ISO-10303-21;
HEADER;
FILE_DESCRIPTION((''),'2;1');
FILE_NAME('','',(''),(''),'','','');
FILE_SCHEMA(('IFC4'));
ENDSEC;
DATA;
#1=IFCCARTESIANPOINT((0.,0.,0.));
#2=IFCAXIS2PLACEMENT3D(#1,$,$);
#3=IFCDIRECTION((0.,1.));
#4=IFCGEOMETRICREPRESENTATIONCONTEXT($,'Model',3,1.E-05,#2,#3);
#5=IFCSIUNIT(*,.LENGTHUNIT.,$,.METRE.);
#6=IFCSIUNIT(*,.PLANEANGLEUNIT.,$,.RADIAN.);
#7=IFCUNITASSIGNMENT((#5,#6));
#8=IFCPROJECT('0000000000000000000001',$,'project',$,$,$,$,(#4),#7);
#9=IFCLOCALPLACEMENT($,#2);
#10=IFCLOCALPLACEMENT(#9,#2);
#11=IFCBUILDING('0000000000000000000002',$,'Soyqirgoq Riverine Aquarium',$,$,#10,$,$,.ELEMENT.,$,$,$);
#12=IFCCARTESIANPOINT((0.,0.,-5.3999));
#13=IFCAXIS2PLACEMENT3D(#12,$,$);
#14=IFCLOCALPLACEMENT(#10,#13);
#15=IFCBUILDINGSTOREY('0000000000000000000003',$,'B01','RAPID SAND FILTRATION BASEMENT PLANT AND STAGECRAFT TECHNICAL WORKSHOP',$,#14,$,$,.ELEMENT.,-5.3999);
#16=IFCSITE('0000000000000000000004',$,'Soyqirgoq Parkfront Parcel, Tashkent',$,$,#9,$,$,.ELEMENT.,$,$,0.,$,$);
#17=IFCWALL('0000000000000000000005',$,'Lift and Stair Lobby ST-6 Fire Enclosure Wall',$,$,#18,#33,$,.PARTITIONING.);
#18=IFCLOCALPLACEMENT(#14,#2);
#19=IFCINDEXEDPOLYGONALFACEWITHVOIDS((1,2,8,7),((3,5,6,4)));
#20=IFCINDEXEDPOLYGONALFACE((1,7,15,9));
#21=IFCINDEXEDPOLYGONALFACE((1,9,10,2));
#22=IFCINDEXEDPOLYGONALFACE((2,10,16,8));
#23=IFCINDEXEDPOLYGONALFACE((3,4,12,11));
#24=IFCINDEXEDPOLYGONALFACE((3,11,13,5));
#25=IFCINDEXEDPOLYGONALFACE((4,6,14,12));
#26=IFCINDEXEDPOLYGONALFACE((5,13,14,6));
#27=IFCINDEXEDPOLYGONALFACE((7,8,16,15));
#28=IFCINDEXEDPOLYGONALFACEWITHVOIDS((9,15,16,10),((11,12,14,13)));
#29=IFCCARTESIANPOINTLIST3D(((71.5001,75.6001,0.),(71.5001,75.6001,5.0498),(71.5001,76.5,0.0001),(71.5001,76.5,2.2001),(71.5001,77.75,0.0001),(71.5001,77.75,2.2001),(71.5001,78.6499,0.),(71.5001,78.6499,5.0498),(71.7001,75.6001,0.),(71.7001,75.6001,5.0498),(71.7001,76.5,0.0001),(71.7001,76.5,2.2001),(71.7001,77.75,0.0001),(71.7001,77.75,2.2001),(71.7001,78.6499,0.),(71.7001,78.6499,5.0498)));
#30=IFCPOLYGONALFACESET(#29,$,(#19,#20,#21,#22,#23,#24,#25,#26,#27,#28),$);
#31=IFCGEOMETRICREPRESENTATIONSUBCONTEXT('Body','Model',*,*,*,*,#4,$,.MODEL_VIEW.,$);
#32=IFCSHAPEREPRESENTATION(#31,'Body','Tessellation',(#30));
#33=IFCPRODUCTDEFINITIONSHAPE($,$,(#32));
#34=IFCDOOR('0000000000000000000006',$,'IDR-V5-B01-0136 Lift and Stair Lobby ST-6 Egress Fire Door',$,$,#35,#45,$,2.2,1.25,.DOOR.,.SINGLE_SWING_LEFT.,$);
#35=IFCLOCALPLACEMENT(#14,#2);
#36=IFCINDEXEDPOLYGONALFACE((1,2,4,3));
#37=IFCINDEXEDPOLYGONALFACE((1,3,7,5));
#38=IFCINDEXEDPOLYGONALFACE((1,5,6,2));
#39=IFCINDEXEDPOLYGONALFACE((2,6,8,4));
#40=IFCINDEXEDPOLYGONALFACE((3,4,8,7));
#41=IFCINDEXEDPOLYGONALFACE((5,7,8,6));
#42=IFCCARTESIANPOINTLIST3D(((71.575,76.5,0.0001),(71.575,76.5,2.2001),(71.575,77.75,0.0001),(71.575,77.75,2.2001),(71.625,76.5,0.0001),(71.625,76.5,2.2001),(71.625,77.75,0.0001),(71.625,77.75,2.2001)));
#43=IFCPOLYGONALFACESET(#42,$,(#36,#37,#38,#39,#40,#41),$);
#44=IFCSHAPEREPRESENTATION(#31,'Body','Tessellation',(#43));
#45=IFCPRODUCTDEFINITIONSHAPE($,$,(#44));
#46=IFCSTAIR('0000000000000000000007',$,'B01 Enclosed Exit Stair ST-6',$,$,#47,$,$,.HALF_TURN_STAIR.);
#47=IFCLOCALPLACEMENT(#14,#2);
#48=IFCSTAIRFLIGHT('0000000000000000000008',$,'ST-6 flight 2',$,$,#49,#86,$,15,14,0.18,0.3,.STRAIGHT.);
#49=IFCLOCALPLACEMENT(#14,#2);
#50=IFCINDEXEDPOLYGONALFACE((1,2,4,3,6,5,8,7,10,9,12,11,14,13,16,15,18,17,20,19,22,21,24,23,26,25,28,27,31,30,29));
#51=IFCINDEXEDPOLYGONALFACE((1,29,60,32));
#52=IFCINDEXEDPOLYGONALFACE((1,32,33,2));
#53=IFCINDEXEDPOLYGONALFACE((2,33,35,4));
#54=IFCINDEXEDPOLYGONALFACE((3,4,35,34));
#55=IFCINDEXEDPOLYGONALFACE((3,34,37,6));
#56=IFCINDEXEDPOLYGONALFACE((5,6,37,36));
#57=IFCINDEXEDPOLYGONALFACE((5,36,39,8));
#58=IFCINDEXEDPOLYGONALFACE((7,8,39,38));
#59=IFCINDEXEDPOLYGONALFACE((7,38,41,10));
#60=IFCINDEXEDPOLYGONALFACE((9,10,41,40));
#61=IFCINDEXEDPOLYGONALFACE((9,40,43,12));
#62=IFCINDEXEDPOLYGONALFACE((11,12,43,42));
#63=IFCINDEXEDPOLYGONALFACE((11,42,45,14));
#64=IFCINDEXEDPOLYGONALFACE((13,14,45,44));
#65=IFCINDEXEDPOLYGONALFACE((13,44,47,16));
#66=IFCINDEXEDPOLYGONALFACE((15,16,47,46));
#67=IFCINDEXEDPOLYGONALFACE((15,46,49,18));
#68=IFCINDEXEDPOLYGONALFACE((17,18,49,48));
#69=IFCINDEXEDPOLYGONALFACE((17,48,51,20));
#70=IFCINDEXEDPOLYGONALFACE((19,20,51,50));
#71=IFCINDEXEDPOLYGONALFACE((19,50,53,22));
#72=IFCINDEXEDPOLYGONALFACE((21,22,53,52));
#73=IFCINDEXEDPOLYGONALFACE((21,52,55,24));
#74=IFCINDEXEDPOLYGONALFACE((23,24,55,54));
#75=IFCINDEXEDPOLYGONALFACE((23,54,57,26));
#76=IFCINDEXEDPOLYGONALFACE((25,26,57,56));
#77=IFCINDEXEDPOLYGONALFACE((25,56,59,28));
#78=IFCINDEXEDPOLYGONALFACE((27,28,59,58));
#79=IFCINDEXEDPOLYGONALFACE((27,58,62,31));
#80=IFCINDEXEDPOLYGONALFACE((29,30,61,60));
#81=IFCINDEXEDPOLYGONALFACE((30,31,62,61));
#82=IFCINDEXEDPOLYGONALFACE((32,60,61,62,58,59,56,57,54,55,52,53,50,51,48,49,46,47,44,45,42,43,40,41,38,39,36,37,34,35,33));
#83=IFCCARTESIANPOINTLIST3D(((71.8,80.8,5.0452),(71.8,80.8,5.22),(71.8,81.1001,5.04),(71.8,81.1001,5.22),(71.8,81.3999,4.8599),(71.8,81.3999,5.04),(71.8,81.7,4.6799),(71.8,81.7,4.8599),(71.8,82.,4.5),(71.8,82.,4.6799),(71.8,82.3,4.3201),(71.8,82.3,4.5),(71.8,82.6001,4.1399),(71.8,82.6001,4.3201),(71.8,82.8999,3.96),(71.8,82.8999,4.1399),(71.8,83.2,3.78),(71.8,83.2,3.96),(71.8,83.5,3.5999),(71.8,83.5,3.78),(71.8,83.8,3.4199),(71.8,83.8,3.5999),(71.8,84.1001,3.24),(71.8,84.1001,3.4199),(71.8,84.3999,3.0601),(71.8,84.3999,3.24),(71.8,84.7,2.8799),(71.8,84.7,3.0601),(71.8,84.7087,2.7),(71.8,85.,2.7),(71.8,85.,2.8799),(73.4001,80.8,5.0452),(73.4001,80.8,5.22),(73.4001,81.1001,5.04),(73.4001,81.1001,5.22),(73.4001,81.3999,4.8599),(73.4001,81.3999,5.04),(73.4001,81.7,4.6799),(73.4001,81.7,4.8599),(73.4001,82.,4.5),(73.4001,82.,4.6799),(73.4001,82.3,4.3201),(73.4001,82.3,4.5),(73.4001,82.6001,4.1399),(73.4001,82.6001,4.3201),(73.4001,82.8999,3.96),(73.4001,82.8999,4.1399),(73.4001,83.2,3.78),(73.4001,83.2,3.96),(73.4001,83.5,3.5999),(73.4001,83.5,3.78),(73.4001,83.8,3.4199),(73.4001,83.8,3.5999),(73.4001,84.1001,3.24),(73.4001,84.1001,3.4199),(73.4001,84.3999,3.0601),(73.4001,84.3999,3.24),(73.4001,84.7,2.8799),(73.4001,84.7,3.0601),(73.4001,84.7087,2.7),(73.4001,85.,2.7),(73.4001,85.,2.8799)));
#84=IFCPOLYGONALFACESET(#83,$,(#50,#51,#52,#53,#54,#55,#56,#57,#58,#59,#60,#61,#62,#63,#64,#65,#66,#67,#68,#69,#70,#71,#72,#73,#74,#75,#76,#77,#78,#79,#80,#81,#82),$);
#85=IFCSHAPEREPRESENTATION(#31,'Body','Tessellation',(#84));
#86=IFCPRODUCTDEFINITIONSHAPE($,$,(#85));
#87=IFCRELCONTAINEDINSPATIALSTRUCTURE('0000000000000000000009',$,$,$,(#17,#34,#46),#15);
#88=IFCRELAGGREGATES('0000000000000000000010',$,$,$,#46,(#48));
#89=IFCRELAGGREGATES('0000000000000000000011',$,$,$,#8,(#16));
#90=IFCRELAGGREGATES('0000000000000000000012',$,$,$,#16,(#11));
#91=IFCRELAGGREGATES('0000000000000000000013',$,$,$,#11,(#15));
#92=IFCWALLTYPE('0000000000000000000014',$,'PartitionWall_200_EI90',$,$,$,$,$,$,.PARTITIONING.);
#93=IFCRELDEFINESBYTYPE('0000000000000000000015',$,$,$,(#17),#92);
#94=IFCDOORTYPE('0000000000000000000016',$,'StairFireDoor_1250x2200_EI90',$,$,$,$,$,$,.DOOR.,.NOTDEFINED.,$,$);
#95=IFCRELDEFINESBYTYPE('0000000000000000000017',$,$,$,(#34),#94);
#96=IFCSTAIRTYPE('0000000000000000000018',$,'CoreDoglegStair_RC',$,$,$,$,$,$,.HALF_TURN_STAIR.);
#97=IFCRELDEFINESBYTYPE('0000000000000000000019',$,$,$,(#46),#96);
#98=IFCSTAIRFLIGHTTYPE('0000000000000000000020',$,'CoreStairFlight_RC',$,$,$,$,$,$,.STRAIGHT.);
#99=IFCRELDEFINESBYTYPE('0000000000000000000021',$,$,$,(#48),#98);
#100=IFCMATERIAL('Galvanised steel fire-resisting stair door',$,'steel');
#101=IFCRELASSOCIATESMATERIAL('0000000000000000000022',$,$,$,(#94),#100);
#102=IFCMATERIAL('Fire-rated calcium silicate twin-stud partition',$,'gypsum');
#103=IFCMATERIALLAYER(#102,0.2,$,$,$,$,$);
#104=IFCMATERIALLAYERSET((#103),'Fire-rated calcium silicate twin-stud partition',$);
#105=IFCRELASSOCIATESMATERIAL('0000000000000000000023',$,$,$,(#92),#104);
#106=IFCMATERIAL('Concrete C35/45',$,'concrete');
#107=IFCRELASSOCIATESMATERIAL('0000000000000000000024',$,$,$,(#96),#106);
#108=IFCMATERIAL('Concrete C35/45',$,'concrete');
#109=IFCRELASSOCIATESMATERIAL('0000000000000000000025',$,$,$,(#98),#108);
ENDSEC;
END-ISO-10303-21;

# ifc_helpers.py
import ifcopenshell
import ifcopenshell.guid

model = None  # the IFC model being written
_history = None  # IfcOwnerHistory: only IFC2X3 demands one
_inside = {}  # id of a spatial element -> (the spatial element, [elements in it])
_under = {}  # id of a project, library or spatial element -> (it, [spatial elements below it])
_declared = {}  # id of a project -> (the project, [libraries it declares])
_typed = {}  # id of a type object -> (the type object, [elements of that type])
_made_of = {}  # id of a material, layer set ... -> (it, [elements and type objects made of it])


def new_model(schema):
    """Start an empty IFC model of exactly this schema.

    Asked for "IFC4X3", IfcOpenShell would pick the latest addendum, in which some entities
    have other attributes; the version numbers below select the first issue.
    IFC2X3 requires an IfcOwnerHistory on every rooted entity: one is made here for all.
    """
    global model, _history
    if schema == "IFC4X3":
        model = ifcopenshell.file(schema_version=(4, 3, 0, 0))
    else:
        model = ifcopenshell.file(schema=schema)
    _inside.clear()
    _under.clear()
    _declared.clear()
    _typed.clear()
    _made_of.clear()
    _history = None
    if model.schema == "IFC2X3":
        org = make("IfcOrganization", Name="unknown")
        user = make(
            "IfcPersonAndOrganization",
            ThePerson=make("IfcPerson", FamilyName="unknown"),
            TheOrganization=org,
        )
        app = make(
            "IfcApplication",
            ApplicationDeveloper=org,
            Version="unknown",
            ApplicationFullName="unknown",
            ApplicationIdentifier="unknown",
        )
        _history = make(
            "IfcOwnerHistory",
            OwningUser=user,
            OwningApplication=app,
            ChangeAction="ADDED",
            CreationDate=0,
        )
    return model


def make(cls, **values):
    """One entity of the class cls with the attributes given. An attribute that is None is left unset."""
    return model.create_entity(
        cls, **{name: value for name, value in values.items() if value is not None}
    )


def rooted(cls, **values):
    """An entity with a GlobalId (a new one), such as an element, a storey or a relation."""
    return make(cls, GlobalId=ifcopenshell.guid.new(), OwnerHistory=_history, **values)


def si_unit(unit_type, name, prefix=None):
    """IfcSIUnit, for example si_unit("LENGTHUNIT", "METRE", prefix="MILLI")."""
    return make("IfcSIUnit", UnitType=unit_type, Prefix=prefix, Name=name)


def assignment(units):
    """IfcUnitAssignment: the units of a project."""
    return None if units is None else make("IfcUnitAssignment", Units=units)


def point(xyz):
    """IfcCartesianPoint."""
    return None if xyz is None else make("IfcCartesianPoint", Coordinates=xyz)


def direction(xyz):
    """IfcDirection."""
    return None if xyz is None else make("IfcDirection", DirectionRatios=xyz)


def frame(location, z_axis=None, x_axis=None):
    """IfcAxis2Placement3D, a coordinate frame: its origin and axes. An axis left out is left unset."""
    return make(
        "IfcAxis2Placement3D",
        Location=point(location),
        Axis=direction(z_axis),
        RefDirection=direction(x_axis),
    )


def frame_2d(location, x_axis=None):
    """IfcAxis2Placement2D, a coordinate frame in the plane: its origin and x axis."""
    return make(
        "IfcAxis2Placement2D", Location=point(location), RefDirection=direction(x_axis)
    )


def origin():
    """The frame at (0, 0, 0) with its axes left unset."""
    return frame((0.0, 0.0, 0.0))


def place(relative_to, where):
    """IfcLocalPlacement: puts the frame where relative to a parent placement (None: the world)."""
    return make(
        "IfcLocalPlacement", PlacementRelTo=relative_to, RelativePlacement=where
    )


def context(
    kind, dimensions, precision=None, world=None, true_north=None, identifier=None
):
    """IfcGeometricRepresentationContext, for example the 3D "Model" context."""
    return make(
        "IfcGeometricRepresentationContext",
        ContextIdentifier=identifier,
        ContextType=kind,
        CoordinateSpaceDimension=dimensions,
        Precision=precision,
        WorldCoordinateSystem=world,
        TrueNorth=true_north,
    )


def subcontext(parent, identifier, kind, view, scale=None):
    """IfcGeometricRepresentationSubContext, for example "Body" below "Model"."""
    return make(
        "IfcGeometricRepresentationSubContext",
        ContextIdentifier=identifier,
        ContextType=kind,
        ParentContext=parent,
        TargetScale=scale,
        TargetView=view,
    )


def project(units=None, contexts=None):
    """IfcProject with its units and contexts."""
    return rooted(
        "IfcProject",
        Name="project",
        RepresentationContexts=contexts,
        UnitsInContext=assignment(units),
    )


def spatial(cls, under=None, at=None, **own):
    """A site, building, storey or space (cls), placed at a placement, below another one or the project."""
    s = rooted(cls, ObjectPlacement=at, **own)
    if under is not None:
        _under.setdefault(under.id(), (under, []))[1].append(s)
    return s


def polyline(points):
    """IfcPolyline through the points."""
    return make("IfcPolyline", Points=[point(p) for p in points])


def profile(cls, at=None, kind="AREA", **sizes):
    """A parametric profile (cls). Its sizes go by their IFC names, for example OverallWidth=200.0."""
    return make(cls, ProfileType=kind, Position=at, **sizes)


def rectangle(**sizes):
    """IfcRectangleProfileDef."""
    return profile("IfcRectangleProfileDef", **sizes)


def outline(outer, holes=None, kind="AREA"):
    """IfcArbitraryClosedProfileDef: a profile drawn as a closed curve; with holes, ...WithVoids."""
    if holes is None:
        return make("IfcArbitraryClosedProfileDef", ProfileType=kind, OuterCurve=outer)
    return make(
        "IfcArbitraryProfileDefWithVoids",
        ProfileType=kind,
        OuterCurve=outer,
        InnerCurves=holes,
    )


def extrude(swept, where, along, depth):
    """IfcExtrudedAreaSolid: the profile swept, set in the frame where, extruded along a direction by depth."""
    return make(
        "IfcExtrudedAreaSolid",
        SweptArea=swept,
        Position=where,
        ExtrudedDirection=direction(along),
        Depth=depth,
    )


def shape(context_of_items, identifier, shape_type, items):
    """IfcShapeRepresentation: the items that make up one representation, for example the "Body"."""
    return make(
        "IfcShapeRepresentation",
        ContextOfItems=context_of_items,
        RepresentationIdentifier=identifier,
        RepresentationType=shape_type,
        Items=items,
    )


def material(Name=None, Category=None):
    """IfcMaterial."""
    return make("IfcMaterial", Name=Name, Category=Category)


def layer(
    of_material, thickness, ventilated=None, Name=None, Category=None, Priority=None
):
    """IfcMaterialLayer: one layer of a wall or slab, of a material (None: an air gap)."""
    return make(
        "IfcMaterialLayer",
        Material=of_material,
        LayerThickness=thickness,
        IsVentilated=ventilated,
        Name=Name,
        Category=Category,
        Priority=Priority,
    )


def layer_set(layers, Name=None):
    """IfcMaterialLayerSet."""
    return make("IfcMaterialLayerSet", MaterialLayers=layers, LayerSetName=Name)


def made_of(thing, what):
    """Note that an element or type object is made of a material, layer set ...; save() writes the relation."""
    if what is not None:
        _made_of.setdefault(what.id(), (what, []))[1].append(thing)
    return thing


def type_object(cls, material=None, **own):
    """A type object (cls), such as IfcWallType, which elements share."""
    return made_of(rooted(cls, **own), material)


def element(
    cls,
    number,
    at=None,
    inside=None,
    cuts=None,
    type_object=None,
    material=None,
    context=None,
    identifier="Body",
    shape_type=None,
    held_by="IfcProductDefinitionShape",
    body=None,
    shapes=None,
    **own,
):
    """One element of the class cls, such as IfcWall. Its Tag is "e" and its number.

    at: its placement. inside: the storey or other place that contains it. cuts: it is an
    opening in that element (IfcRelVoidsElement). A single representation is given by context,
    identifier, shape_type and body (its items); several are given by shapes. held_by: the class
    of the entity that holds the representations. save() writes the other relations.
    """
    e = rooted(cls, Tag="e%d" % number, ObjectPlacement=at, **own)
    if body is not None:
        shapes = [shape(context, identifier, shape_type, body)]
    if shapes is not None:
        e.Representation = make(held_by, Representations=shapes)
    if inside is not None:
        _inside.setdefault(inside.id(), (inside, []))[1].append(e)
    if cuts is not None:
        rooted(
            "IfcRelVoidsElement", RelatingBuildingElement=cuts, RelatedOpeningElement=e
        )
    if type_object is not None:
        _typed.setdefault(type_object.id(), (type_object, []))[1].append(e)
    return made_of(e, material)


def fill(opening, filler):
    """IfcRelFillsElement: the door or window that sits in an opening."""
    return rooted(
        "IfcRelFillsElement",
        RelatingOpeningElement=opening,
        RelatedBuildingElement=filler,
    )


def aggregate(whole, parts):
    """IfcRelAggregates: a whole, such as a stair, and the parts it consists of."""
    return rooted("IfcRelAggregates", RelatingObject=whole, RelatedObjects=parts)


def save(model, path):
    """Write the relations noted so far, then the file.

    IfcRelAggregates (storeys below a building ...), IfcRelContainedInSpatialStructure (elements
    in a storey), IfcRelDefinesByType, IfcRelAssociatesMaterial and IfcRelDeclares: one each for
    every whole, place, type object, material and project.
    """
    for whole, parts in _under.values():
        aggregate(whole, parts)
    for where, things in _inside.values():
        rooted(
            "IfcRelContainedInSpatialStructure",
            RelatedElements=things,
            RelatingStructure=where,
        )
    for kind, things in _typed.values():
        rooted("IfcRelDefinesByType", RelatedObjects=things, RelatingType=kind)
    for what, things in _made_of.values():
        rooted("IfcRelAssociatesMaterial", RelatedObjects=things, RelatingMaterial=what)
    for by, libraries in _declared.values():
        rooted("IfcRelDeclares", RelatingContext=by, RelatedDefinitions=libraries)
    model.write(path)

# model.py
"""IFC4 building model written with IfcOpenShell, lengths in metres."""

from ifc_helpers import new_model, si_unit, direction, frame, frame_2d, origin, place, context, subcontext, project, spatial, polyline, rectangle, outline, extrude, material, layer, layer_set, type_object, element, fill, aggregate, save


model = new_model("IFC4")

# Units and contexts
model_context = context("Model", 3, precision=1e-05, world=origin(), true_north=direction((0.0, 1.0)))
body_context = subcontext(model_context, "Body", "Model", "MODEL_VIEW")
ifc_project = project(units=[si_unit("LENGTHUNIT", "METRE"), si_unit("PLANEANGLEUNIT", "RADIAN")], contexts=[model_context])

# Site, building, storey
site_placement = place(None, origin())
site = spatial("IfcSite", under=ifc_project, at=site_placement, Name="Soyqirgoq Parkfront Parcel, Tashkent", CompositionType="ELEMENT", RefElevation=0.0)
building_placement = place(site_placement, origin())
building = spatial("IfcBuilding", under=site, at=building_placement, Name="Soyqirgoq Riverine Aquarium", CompositionType="ELEMENT")
storey_placement = place(building_placement, frame((0.0, 0.0, -5.3999)))
storey = spatial("IfcBuildingStorey", under=building, at=storey_placement, Name="B01", Description="RAPID SAND FILTRATION BASEMENT PLANT AND STAGECRAFT TECHNICAL WORKSHOP", CompositionType="ELEMENT", Elevation=-5.3999)

# Shared definitions
ifc_material_1 = material(Name="Galvanised steel fire-resisting stair door", Category="steel")
door_type_1 = type_object("IfcDoorType", Name="StairFireDoor_1250x2200_EI90", OperationType="NOTDEFINED", PredefinedType="DOOR", material=ifc_material_1)

# Wall, opening, door
ifc_material_2 = material(Name="Fire-rated calcium silicate twin-stud partition", Category="gypsum")
ifc_layer_1 = layer(ifc_material_2, 0.2)
ifc_layer_set_1 = layer_set([ifc_layer_1], Name="Fire-rated calcium silicate twin-stud partition")
wall_type_1 = type_object("IfcWallType", Name="PartitionWall_200_EI90", PredefinedType="PARTITIONING", material=ifc_layer_set_1)
wall_1_placement = place(storey_placement, frame((71.6001, 78.6499, 0.0), z_axis=(0.0, 0.0, 1.0), x_axis=(0.0, -1.0, 0.0)))
wall_1 = element("IfcWall", 1, at=wall_1_placement, inside=storey, type_object=wall_type_1, Name="Lift and Stair Lobby ST-6 Fire Enclosure Wall", PredefinedType="PARTITIONING", context=body_context, shape_type="SweptSolid", body=[
    extrude(rectangle(XDim=3.0498, YDim=0.2, at=frame_2d((1.5249, 0.0))), origin(), (0.0, 0.0, 1.0), 5.0498),
])
opening_1_placement = place(wall_1_placement, frame((0.8999, 0.0, 0.0)))
opening_1 = element("IfcOpeningElement", 2, at=opening_1_placement, cuts=wall_1, PredefinedType="OPENING", context=body_context, shape_type="SweptSolid", body=[
    extrude(rectangle(XDim=1.25, YDim=2.2, at=frame_2d((0.625, 1.1001))), frame((0.0, 0.1099, 0.0), z_axis=(0.0, -1.0, 0.0), x_axis=(1.0, 0.0, 0.0)), (0.0, 0.0, 1.0), 0.22),
])
door_1_placement = place(opening_1_placement, origin())
door_1 = element("IfcDoor", 3, at=door_1_placement, inside=storey, type_object=door_type_1, Name="IDR-V5-B01-0136 Lift and Stair Lobby ST-6 Egress Fire Door", OperationType="SINGLE_SWING_LEFT", OverallHeight=2.2, OverallWidth=1.25, PredefinedType="DOOR", context=body_context, shape_type="SweptSolid", body=[
    extrude(rectangle(XDim=1.25, YDim=2.2, at=frame_2d((0.625, 1.1001))), frame((0.0, 0.0249, 0.0), z_axis=(0.0, -1.0, 0.0), x_axis=(1.0, 0.0, 0.0)), (0.0, 0.0, 1.0), 0.05),
])
fill(opening_1, door_1)

# Stair, stair flight
ifc_material_3 = material(Name="Concrete C35/45", Category="concrete")
stair_type = type_object("IfcStairType", Name="CoreDoglegStair_RC", PredefinedType="HALF_TURN_STAIR", material=ifc_material_3)
stair_placement = place(storey_placement, origin())
stair = element("IfcStair", 4, at=stair_placement, inside=storey, type_object=stair_type, Name="B01 Enclosed Exit Stair ST-6", PredefinedType="HALF_TURN_STAIR")
ifc_material_4 = material(Name="Concrete C35/45", Category="concrete")
stair_flight_type = type_object("IfcStairFlightType", Name="CoreStairFlight_RC", PredefinedType="STRAIGHT", material=ifc_material_4)
stair_flight_placement = place(storey_placement, frame((72.6001, 85.0, 2.7), z_axis=(0.0, 0.0, 1.0), x_axis=(0.0, -1.0, 0.0)))
stair_flight = element("IfcStairFlight", 5, at=stair_flight_placement, type_object=stair_flight_type, Name="ST-6 flight 2", NumberOfRisers=15, NumberOfTreads=14, PredefinedType="STRAIGHT", RiserHeight=0.18, TreadLength=0.3, context=body_context, shape_type="SweptSolid", body=[
    extrude(outline(polyline([(0.0, 0.0), (0.0, 0.1799), (0.3, 0.1799), (0.3, 0.3601), (0.6001, 0.3601), (0.6001, 0.54), (0.8999, 0.54), (0.8999, 0.72), (1.2, 0.72), (1.2, 0.8999), (1.5, 0.8999), (1.5, 1.0801), (1.8, 1.0801), (1.8, 1.26), (2.1001, 1.26), (2.1001, 1.4399), (2.3999, 1.4399), (2.3999, 1.6201), (2.7, 1.6201), (2.7, 1.8), (3.0, 1.8), (3.0, 1.98), (3.3, 1.98), (3.3, 2.1599), (3.6001, 2.1599), (3.6001, 2.3401), (3.8999, 2.3401), (3.8999, 2.52), (4.2, 2.52), (4.2, 2.7), (4.2, 2.3452), (0.2913, 0.0), (0.0, 0.0)])), frame((0.0, 0.8, 0.0), z_axis=(0.0, -1.0, 0.0), x_axis=(1.0, 0.0, 0.0)), (0.0, 0.0, 1.0), 1.6001),
])
aggregate(stair, [stair_flight])

save(model, "model.ifc")
